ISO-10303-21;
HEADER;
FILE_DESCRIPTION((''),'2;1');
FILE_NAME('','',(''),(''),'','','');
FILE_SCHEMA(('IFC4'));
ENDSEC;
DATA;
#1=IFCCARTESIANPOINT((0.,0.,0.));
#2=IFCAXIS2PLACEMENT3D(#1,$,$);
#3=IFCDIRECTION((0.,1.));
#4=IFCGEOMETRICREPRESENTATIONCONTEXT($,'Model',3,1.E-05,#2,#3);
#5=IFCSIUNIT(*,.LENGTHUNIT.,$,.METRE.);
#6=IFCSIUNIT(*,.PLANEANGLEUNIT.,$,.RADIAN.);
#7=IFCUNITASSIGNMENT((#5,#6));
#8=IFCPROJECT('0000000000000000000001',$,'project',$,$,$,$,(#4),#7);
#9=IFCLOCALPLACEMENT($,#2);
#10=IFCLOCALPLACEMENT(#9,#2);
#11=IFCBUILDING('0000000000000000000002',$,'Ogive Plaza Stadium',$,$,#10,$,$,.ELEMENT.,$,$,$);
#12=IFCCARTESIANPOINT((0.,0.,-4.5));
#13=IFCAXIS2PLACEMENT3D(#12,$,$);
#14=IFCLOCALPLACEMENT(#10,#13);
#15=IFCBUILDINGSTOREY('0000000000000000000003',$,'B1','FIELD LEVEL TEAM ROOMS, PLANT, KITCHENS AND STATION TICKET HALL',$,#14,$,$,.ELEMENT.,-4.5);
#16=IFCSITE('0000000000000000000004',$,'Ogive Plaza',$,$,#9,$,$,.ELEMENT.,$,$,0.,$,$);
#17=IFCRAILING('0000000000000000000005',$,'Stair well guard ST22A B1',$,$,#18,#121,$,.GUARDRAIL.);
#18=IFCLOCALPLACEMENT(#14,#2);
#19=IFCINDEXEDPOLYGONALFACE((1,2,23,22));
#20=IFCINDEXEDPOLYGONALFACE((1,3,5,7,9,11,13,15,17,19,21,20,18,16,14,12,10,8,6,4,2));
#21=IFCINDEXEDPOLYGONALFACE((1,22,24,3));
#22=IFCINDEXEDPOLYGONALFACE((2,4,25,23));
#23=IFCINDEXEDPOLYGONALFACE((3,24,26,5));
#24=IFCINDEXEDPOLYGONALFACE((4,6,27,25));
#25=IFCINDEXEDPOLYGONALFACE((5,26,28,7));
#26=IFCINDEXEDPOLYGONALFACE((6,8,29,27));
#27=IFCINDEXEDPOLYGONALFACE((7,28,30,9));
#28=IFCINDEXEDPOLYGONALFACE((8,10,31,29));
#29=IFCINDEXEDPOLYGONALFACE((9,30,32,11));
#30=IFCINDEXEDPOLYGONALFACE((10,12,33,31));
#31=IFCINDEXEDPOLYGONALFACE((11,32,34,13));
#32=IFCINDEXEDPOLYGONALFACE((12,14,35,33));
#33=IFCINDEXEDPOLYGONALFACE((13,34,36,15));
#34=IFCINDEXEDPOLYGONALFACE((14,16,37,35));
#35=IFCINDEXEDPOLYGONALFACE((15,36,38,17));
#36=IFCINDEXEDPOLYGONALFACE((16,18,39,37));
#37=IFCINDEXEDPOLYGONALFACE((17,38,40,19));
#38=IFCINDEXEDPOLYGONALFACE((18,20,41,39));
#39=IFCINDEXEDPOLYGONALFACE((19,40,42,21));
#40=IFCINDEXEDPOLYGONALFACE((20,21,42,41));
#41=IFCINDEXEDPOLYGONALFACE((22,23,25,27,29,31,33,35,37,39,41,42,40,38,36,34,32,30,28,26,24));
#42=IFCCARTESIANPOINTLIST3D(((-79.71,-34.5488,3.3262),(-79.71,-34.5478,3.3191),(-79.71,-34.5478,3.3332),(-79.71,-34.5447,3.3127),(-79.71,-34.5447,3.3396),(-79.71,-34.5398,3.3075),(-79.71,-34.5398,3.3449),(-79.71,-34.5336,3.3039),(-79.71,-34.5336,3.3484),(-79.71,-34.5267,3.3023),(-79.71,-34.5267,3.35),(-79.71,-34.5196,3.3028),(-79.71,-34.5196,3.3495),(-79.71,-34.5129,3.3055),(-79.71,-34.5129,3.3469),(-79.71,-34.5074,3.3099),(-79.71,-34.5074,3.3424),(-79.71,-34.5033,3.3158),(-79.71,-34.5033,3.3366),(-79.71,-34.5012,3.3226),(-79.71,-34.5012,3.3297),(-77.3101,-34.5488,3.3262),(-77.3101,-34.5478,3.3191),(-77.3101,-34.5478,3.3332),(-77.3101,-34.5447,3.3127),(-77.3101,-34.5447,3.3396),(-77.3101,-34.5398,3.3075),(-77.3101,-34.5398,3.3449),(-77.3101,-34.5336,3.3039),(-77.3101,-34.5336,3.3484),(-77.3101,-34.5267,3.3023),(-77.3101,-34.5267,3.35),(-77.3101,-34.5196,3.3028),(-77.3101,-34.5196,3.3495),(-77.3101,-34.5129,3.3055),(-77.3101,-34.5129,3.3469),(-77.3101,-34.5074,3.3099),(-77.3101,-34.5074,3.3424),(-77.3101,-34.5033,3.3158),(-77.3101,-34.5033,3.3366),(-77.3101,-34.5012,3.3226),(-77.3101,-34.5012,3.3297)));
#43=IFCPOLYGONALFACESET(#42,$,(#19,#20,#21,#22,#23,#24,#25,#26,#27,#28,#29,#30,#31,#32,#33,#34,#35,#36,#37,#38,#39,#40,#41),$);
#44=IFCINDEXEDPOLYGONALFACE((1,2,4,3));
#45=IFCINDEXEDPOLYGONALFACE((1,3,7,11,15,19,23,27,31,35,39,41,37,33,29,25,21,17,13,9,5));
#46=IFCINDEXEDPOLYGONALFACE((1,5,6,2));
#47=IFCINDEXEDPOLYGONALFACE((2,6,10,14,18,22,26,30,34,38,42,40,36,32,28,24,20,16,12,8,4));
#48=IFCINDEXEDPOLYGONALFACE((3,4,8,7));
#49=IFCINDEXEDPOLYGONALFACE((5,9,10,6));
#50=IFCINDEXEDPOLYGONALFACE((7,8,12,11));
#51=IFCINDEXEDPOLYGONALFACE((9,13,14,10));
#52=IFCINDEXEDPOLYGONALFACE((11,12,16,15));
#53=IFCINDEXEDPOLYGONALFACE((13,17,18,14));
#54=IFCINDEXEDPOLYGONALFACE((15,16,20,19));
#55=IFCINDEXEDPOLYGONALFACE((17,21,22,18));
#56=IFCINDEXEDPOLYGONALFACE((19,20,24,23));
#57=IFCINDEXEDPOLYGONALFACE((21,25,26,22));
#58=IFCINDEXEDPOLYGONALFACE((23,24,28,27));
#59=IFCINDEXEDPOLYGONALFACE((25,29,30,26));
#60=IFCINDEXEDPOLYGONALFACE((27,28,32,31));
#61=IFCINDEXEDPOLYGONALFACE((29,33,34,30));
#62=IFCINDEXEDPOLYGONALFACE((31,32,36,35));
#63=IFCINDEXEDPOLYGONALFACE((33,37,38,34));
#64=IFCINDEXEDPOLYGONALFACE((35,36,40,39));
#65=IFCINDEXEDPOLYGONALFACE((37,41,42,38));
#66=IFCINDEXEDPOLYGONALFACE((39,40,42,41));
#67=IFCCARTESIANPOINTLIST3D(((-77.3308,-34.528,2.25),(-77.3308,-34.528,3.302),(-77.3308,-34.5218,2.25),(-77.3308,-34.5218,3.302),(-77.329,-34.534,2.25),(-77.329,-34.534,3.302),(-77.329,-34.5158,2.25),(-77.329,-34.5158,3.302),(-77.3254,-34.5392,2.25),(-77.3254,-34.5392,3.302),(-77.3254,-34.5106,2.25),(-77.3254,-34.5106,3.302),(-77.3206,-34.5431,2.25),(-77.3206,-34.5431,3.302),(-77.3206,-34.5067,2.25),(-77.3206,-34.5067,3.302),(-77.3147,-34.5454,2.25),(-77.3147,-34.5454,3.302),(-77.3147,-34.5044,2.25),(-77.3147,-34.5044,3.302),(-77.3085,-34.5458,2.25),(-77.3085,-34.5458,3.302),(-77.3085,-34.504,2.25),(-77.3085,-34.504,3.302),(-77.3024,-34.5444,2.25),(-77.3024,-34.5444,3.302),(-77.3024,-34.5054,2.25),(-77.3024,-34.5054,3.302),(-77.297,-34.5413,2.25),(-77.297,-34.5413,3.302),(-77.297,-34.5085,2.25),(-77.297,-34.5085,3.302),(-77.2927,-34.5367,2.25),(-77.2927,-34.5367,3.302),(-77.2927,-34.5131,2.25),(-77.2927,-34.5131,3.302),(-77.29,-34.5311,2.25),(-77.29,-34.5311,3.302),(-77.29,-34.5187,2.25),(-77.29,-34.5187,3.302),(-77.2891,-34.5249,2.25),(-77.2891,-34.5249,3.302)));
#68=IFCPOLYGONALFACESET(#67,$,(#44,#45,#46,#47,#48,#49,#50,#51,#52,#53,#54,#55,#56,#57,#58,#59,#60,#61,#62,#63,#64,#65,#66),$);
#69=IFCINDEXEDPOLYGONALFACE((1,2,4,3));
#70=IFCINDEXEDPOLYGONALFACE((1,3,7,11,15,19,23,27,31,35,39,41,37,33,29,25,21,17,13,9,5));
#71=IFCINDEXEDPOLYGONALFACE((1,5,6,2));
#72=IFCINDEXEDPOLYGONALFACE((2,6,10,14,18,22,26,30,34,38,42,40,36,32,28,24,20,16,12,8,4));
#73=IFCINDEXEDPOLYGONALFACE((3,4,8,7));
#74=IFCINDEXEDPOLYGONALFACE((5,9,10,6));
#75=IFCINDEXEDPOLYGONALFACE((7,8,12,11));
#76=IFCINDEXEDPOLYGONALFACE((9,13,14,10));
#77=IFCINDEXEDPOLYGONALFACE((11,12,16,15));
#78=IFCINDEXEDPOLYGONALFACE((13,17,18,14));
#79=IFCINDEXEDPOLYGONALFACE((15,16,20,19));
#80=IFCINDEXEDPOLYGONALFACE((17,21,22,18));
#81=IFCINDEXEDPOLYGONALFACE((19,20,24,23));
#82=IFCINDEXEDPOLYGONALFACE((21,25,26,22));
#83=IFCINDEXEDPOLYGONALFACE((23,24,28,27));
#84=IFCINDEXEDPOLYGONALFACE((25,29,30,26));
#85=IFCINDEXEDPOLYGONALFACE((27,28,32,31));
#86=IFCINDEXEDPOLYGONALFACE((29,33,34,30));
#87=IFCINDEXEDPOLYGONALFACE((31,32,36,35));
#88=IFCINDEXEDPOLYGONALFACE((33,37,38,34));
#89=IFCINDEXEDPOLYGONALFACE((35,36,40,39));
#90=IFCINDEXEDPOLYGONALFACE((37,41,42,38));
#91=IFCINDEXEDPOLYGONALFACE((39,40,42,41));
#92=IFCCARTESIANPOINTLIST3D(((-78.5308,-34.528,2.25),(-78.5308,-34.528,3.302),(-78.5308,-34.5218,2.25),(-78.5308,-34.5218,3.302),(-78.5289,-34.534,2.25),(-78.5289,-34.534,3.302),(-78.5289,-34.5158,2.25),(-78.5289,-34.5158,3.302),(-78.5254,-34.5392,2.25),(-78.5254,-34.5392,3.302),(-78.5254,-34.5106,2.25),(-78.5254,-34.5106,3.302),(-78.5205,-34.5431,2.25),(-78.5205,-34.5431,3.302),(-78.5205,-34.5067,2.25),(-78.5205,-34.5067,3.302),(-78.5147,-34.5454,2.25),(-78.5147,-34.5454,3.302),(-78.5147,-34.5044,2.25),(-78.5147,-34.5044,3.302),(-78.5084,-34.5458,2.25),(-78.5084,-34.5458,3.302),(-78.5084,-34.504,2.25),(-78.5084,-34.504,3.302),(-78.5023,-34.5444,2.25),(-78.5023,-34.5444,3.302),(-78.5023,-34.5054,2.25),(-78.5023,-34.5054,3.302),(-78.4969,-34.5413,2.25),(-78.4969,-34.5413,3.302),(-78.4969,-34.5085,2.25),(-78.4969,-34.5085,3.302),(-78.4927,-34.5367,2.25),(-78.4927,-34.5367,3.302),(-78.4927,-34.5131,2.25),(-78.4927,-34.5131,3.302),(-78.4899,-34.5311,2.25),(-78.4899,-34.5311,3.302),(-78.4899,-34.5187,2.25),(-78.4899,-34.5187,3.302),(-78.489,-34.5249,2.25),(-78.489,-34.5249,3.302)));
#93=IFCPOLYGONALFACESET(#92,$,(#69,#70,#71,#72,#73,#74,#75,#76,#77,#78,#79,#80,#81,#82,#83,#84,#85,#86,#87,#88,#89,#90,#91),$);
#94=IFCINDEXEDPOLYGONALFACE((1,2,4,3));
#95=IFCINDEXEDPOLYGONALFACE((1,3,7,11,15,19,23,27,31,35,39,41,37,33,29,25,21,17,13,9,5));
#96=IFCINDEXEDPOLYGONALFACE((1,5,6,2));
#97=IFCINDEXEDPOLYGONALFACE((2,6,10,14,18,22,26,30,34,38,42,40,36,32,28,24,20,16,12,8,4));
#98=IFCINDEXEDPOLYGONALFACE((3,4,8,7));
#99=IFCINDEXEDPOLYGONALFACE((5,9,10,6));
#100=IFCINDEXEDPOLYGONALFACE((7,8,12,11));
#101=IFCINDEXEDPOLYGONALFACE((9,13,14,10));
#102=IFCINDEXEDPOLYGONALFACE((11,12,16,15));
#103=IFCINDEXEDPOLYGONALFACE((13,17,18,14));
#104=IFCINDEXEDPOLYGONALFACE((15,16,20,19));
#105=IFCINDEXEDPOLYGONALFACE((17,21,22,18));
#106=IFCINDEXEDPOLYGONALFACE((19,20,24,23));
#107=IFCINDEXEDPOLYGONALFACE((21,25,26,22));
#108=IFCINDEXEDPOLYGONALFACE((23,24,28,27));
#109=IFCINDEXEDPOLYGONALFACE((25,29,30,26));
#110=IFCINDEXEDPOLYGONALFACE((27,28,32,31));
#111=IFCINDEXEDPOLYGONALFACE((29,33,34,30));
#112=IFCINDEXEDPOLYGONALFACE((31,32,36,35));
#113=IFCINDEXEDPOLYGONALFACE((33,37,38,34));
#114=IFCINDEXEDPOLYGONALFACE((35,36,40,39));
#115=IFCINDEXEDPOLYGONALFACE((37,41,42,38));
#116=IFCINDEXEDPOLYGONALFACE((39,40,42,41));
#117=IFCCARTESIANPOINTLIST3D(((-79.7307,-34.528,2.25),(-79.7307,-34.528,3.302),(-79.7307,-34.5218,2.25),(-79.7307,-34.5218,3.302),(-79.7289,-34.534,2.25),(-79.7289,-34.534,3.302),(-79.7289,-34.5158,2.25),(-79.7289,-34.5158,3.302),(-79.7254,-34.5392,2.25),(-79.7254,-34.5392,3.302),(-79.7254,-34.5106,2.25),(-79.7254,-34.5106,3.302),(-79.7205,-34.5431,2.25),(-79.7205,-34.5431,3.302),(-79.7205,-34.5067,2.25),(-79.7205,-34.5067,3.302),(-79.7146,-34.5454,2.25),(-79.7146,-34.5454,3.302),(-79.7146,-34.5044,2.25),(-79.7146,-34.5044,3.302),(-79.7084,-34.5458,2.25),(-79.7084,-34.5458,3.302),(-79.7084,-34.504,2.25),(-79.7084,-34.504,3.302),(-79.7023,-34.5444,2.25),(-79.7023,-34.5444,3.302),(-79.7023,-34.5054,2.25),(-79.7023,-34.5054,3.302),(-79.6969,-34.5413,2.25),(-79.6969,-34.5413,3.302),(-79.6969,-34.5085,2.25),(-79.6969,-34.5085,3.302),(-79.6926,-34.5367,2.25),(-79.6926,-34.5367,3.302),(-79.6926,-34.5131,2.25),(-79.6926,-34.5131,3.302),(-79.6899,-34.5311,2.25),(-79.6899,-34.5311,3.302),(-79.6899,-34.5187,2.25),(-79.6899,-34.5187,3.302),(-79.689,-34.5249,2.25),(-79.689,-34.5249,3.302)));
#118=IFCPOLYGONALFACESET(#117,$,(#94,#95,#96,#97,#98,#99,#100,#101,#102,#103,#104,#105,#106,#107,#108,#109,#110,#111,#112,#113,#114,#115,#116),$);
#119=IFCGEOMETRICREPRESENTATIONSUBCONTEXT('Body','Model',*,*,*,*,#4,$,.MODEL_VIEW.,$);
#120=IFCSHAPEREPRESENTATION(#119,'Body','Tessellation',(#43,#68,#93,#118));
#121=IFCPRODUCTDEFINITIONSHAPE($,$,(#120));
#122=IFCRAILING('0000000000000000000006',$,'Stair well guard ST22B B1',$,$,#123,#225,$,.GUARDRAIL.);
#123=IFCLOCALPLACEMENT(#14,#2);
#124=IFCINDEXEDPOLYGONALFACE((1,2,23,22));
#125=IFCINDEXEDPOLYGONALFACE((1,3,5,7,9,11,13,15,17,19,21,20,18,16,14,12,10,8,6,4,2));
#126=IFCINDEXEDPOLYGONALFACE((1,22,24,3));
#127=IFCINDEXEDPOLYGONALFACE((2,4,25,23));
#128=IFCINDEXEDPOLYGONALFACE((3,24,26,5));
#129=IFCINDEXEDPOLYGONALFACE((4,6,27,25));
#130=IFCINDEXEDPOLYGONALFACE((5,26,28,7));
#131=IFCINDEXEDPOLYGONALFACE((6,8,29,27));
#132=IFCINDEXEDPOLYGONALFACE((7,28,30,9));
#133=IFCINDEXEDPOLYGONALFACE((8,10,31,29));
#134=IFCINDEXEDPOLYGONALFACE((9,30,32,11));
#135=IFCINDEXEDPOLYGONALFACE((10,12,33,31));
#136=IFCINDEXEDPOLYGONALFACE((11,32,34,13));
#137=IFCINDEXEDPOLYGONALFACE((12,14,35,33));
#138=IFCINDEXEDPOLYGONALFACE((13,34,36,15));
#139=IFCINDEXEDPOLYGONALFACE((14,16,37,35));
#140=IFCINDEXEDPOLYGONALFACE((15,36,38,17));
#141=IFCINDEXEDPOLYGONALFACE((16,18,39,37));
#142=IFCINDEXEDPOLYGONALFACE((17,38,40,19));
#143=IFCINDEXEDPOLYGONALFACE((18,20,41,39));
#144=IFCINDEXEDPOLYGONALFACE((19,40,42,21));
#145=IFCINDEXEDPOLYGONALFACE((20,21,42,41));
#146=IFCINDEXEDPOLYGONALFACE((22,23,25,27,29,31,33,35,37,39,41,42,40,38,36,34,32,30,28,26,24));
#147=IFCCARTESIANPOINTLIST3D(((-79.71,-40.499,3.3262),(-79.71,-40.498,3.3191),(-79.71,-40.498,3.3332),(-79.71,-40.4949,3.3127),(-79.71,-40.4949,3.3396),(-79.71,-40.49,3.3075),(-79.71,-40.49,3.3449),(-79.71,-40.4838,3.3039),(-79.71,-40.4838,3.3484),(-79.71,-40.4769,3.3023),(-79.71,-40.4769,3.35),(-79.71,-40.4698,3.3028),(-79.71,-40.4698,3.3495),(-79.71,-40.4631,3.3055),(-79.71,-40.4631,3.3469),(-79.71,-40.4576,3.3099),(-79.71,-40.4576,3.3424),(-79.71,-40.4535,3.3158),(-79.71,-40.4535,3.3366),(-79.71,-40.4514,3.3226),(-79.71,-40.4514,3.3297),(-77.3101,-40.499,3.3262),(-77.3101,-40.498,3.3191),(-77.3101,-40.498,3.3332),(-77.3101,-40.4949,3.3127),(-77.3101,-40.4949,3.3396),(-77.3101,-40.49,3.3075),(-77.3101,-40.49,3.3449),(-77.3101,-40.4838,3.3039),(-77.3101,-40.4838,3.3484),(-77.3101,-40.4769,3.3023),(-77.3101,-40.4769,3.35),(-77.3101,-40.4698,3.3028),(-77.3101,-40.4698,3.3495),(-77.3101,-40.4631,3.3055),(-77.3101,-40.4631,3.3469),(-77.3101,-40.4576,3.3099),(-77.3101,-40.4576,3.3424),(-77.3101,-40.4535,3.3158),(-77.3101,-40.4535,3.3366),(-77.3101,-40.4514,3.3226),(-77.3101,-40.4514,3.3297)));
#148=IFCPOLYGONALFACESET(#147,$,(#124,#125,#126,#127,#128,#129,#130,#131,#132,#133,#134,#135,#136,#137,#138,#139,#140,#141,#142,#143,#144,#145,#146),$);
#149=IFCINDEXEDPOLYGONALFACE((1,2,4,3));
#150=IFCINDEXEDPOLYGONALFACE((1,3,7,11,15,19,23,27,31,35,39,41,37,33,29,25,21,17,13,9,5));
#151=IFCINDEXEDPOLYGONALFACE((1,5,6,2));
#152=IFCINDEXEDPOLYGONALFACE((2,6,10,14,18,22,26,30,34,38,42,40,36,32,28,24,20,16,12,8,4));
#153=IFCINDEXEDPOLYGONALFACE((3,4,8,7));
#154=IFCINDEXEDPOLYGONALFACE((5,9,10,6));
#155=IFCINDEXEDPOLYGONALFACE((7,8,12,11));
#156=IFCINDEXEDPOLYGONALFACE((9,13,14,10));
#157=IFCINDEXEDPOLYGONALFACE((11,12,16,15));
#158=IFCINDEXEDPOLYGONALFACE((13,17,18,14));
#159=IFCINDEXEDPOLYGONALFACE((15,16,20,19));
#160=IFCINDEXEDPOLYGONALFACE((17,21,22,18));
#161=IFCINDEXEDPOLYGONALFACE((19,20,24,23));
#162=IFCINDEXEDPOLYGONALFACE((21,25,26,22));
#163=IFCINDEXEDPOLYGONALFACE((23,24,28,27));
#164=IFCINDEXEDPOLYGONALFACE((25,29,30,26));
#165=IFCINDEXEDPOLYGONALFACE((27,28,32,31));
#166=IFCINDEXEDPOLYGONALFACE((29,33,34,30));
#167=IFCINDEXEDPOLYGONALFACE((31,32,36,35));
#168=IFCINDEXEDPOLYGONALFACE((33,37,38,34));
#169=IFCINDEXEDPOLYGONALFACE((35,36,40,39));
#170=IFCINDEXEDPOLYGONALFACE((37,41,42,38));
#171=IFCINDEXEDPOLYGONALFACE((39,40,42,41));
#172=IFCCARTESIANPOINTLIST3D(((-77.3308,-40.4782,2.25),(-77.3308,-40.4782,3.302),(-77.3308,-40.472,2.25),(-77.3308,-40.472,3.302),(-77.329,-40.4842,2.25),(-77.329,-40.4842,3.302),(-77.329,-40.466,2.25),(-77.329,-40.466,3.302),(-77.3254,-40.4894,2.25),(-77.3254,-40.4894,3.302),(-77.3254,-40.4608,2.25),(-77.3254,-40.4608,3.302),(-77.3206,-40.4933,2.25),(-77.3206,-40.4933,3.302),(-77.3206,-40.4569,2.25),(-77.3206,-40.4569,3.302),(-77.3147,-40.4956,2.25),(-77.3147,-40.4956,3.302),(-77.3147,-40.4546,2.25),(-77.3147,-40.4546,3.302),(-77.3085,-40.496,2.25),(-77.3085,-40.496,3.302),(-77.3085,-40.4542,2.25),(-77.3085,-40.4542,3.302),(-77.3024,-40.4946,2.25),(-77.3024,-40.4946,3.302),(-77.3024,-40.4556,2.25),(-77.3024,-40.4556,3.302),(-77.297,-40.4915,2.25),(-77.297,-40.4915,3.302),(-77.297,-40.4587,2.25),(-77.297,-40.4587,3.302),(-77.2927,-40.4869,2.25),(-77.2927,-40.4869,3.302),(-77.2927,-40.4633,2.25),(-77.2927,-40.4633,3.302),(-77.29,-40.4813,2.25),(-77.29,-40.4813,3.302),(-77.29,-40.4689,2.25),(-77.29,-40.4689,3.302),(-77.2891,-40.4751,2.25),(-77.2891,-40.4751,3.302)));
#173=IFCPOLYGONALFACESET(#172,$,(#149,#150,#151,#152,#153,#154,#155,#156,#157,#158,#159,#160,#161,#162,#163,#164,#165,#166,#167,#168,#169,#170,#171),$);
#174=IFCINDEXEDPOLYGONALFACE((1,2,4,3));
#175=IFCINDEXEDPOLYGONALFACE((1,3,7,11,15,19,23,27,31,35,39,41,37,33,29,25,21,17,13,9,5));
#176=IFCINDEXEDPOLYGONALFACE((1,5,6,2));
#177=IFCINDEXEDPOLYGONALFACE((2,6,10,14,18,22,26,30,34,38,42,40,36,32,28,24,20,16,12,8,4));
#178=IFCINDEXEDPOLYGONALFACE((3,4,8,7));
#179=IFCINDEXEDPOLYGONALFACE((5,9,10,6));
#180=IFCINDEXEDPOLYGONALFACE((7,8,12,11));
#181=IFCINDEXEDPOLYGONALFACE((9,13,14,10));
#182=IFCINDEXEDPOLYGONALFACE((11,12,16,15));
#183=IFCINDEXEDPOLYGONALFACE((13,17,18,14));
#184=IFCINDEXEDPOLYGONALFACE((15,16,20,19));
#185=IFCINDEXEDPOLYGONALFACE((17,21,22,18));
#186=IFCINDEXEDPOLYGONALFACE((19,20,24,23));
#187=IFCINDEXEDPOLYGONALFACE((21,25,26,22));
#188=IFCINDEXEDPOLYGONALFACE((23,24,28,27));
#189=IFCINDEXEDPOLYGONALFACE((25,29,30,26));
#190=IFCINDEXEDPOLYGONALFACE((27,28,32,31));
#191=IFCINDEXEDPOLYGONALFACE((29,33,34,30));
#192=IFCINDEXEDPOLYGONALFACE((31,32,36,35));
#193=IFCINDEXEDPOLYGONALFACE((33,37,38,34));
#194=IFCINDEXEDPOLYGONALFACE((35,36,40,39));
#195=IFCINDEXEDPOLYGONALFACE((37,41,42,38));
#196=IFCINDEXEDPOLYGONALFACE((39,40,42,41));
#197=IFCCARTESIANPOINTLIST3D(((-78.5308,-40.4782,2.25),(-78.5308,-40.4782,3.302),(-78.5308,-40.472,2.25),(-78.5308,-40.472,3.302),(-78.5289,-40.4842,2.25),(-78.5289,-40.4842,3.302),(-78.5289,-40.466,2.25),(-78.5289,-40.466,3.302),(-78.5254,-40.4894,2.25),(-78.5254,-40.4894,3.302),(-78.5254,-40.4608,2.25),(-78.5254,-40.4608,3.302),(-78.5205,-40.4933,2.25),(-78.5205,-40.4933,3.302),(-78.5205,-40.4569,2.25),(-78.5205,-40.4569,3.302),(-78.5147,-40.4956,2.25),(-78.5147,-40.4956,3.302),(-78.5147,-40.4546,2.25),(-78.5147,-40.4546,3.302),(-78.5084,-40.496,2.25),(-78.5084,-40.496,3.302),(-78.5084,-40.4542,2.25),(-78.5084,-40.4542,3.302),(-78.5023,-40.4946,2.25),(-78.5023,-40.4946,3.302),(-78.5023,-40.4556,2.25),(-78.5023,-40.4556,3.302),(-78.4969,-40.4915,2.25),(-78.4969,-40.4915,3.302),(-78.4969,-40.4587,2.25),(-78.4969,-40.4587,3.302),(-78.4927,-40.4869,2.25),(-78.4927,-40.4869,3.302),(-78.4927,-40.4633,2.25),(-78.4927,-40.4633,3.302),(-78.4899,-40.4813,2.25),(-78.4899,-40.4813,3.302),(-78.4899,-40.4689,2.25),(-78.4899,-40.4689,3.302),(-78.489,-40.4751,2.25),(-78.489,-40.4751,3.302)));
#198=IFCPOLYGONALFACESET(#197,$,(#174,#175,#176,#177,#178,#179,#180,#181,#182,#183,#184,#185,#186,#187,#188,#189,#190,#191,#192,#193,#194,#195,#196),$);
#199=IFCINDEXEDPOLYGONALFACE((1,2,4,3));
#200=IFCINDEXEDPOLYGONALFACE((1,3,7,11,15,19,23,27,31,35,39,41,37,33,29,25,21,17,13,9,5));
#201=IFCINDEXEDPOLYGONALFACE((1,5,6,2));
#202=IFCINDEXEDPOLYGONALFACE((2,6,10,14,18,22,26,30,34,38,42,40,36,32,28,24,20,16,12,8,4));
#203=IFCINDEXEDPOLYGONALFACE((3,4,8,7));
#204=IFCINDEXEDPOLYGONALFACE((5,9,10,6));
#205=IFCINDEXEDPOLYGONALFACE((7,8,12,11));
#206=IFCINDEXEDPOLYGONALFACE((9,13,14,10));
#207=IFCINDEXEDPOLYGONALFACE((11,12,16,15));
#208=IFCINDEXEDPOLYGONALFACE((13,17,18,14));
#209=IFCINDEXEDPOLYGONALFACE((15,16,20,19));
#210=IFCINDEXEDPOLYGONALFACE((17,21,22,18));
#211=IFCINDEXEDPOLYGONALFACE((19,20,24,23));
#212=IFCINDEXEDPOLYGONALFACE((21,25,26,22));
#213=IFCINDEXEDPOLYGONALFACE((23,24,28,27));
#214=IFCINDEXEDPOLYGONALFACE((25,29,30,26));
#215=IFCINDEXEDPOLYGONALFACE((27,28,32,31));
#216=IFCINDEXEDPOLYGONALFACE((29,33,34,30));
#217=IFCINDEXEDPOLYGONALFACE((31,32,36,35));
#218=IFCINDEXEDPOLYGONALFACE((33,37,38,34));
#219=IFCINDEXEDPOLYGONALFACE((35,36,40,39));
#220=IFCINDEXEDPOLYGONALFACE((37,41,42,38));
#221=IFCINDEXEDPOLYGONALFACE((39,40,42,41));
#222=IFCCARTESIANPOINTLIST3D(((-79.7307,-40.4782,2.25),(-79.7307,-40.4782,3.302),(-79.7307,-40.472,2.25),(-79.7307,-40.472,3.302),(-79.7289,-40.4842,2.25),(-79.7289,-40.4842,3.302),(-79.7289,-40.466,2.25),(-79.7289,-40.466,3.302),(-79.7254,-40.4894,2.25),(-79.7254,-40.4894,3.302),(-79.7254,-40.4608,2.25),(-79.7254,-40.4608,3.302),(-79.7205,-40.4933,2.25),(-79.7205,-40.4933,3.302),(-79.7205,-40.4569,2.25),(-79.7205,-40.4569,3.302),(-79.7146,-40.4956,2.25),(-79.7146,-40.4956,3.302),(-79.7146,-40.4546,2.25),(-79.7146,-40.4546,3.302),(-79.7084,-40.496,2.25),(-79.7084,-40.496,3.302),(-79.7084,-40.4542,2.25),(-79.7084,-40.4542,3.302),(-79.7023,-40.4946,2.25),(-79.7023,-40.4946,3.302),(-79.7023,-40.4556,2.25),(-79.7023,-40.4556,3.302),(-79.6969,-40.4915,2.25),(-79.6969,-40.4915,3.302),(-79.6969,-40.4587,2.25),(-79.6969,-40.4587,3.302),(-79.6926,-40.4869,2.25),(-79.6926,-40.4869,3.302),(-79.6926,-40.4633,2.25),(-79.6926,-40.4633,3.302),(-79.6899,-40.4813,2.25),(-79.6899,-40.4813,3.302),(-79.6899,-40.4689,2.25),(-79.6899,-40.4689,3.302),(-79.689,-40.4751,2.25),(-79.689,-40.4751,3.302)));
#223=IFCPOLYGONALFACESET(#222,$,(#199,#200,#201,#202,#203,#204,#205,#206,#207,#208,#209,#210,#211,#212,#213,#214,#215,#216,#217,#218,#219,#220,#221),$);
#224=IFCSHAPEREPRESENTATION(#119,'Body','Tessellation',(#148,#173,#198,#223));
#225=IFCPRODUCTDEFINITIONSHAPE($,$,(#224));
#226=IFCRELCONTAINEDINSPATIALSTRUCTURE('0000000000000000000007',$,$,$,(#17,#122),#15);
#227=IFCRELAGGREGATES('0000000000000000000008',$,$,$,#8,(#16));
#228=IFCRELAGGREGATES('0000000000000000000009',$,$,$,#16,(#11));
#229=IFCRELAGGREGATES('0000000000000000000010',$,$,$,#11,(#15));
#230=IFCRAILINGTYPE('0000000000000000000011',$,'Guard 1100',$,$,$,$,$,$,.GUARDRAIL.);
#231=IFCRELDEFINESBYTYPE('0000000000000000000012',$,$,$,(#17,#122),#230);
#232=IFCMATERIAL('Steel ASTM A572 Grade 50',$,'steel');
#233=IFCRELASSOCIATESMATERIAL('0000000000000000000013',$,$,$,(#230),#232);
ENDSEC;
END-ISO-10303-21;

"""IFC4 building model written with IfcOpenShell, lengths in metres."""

from ifc_helpers import new_model, si_unit, direction, frame, origin, origin_2d, place, context, subcontext, project, spatial, circle, extrude, material, type_object, element, save


model = new_model("IFC4")

# Units and contexts
model_context = context("Model", 3, precision=1e-05, world=origin(), true_north=direction((0.0, 1.0)))
body_context = subcontext(model_context, "Body", "Model", "MODEL_VIEW")
ifc_project = project(units=[si_unit("LENGTHUNIT", "METRE"), si_unit("PLANEANGLEUNIT", "RADIAN")], contexts=[model_context])

# Site, building, storey
site_placement = place(None, origin())
site = spatial("IfcSite", under=ifc_project, at=site_placement, Name="Ogive Plaza", CompositionType="ELEMENT", RefElevation=0.0)
building_placement = place(site_placement, origin())
building = spatial("IfcBuilding", under=site, at=building_placement, Name="Ogive Plaza Stadium", CompositionType="ELEMENT")
storey_placement = place(building_placement, frame((0.0, 0.0, -4.5)))
storey = spatial("IfcBuildingStorey", under=building, at=storey_placement, Name="B1", Description="FIELD LEVEL TEAM ROOMS, PLANT, KITCHENS AND STATION TICKET HALL", CompositionType="ELEMENT", Elevation=-4.5)

# Railings
ifc_material_1 = material(Name="Steel ASTM A572 Grade 50", Category="steel")
railing_type_1 = type_object("IfcRailingType", Name="Guard 1100", PredefinedType="GUARDRAIL", material=ifc_material_1)
for number, where, name in (
    (1, (-77.3101, -34.5249, 2.25), "Stair well guard ST22A B1"),
    (2, (-77.3101, -40.4751, 2.25), "Stair well guard ST22B B1"),
):
    element("IfcRailing", number, at=place(storey_placement, frame(where)), inside=storey, type_object=railing_type_1, Name=name, PredefinedType="GUARDRAIL", context=body_context, shape_type="SweptSolid", body=[
        extrude(circle(Radius=0.0239, at=origin_2d()), frame((0.0, 0.0, 1.0762), z_axis=(-1.0, 0.0, 0.0), x_axis=(0.0, -1.0, 0.0)), (0.0, 0.0, 1.0), 2.3999),
        extrude(circle(Radius=0.021, at=origin_2d()), origin(), (0.0, 0.0, 1.0), 1.052),
        extrude(circle(Radius=0.021, at=origin_2d()), frame((-1.2, 0.0, 0.0)), (0.0, 0.0, 1.0), 1.052),
        extrude(circle(Radius=0.021, at=origin_2d()), frame((-2.3999, 0.0, 0.0)), (0.0, 0.0, 1.0), 1.052),
    ])

save(model, "model.ifc")
